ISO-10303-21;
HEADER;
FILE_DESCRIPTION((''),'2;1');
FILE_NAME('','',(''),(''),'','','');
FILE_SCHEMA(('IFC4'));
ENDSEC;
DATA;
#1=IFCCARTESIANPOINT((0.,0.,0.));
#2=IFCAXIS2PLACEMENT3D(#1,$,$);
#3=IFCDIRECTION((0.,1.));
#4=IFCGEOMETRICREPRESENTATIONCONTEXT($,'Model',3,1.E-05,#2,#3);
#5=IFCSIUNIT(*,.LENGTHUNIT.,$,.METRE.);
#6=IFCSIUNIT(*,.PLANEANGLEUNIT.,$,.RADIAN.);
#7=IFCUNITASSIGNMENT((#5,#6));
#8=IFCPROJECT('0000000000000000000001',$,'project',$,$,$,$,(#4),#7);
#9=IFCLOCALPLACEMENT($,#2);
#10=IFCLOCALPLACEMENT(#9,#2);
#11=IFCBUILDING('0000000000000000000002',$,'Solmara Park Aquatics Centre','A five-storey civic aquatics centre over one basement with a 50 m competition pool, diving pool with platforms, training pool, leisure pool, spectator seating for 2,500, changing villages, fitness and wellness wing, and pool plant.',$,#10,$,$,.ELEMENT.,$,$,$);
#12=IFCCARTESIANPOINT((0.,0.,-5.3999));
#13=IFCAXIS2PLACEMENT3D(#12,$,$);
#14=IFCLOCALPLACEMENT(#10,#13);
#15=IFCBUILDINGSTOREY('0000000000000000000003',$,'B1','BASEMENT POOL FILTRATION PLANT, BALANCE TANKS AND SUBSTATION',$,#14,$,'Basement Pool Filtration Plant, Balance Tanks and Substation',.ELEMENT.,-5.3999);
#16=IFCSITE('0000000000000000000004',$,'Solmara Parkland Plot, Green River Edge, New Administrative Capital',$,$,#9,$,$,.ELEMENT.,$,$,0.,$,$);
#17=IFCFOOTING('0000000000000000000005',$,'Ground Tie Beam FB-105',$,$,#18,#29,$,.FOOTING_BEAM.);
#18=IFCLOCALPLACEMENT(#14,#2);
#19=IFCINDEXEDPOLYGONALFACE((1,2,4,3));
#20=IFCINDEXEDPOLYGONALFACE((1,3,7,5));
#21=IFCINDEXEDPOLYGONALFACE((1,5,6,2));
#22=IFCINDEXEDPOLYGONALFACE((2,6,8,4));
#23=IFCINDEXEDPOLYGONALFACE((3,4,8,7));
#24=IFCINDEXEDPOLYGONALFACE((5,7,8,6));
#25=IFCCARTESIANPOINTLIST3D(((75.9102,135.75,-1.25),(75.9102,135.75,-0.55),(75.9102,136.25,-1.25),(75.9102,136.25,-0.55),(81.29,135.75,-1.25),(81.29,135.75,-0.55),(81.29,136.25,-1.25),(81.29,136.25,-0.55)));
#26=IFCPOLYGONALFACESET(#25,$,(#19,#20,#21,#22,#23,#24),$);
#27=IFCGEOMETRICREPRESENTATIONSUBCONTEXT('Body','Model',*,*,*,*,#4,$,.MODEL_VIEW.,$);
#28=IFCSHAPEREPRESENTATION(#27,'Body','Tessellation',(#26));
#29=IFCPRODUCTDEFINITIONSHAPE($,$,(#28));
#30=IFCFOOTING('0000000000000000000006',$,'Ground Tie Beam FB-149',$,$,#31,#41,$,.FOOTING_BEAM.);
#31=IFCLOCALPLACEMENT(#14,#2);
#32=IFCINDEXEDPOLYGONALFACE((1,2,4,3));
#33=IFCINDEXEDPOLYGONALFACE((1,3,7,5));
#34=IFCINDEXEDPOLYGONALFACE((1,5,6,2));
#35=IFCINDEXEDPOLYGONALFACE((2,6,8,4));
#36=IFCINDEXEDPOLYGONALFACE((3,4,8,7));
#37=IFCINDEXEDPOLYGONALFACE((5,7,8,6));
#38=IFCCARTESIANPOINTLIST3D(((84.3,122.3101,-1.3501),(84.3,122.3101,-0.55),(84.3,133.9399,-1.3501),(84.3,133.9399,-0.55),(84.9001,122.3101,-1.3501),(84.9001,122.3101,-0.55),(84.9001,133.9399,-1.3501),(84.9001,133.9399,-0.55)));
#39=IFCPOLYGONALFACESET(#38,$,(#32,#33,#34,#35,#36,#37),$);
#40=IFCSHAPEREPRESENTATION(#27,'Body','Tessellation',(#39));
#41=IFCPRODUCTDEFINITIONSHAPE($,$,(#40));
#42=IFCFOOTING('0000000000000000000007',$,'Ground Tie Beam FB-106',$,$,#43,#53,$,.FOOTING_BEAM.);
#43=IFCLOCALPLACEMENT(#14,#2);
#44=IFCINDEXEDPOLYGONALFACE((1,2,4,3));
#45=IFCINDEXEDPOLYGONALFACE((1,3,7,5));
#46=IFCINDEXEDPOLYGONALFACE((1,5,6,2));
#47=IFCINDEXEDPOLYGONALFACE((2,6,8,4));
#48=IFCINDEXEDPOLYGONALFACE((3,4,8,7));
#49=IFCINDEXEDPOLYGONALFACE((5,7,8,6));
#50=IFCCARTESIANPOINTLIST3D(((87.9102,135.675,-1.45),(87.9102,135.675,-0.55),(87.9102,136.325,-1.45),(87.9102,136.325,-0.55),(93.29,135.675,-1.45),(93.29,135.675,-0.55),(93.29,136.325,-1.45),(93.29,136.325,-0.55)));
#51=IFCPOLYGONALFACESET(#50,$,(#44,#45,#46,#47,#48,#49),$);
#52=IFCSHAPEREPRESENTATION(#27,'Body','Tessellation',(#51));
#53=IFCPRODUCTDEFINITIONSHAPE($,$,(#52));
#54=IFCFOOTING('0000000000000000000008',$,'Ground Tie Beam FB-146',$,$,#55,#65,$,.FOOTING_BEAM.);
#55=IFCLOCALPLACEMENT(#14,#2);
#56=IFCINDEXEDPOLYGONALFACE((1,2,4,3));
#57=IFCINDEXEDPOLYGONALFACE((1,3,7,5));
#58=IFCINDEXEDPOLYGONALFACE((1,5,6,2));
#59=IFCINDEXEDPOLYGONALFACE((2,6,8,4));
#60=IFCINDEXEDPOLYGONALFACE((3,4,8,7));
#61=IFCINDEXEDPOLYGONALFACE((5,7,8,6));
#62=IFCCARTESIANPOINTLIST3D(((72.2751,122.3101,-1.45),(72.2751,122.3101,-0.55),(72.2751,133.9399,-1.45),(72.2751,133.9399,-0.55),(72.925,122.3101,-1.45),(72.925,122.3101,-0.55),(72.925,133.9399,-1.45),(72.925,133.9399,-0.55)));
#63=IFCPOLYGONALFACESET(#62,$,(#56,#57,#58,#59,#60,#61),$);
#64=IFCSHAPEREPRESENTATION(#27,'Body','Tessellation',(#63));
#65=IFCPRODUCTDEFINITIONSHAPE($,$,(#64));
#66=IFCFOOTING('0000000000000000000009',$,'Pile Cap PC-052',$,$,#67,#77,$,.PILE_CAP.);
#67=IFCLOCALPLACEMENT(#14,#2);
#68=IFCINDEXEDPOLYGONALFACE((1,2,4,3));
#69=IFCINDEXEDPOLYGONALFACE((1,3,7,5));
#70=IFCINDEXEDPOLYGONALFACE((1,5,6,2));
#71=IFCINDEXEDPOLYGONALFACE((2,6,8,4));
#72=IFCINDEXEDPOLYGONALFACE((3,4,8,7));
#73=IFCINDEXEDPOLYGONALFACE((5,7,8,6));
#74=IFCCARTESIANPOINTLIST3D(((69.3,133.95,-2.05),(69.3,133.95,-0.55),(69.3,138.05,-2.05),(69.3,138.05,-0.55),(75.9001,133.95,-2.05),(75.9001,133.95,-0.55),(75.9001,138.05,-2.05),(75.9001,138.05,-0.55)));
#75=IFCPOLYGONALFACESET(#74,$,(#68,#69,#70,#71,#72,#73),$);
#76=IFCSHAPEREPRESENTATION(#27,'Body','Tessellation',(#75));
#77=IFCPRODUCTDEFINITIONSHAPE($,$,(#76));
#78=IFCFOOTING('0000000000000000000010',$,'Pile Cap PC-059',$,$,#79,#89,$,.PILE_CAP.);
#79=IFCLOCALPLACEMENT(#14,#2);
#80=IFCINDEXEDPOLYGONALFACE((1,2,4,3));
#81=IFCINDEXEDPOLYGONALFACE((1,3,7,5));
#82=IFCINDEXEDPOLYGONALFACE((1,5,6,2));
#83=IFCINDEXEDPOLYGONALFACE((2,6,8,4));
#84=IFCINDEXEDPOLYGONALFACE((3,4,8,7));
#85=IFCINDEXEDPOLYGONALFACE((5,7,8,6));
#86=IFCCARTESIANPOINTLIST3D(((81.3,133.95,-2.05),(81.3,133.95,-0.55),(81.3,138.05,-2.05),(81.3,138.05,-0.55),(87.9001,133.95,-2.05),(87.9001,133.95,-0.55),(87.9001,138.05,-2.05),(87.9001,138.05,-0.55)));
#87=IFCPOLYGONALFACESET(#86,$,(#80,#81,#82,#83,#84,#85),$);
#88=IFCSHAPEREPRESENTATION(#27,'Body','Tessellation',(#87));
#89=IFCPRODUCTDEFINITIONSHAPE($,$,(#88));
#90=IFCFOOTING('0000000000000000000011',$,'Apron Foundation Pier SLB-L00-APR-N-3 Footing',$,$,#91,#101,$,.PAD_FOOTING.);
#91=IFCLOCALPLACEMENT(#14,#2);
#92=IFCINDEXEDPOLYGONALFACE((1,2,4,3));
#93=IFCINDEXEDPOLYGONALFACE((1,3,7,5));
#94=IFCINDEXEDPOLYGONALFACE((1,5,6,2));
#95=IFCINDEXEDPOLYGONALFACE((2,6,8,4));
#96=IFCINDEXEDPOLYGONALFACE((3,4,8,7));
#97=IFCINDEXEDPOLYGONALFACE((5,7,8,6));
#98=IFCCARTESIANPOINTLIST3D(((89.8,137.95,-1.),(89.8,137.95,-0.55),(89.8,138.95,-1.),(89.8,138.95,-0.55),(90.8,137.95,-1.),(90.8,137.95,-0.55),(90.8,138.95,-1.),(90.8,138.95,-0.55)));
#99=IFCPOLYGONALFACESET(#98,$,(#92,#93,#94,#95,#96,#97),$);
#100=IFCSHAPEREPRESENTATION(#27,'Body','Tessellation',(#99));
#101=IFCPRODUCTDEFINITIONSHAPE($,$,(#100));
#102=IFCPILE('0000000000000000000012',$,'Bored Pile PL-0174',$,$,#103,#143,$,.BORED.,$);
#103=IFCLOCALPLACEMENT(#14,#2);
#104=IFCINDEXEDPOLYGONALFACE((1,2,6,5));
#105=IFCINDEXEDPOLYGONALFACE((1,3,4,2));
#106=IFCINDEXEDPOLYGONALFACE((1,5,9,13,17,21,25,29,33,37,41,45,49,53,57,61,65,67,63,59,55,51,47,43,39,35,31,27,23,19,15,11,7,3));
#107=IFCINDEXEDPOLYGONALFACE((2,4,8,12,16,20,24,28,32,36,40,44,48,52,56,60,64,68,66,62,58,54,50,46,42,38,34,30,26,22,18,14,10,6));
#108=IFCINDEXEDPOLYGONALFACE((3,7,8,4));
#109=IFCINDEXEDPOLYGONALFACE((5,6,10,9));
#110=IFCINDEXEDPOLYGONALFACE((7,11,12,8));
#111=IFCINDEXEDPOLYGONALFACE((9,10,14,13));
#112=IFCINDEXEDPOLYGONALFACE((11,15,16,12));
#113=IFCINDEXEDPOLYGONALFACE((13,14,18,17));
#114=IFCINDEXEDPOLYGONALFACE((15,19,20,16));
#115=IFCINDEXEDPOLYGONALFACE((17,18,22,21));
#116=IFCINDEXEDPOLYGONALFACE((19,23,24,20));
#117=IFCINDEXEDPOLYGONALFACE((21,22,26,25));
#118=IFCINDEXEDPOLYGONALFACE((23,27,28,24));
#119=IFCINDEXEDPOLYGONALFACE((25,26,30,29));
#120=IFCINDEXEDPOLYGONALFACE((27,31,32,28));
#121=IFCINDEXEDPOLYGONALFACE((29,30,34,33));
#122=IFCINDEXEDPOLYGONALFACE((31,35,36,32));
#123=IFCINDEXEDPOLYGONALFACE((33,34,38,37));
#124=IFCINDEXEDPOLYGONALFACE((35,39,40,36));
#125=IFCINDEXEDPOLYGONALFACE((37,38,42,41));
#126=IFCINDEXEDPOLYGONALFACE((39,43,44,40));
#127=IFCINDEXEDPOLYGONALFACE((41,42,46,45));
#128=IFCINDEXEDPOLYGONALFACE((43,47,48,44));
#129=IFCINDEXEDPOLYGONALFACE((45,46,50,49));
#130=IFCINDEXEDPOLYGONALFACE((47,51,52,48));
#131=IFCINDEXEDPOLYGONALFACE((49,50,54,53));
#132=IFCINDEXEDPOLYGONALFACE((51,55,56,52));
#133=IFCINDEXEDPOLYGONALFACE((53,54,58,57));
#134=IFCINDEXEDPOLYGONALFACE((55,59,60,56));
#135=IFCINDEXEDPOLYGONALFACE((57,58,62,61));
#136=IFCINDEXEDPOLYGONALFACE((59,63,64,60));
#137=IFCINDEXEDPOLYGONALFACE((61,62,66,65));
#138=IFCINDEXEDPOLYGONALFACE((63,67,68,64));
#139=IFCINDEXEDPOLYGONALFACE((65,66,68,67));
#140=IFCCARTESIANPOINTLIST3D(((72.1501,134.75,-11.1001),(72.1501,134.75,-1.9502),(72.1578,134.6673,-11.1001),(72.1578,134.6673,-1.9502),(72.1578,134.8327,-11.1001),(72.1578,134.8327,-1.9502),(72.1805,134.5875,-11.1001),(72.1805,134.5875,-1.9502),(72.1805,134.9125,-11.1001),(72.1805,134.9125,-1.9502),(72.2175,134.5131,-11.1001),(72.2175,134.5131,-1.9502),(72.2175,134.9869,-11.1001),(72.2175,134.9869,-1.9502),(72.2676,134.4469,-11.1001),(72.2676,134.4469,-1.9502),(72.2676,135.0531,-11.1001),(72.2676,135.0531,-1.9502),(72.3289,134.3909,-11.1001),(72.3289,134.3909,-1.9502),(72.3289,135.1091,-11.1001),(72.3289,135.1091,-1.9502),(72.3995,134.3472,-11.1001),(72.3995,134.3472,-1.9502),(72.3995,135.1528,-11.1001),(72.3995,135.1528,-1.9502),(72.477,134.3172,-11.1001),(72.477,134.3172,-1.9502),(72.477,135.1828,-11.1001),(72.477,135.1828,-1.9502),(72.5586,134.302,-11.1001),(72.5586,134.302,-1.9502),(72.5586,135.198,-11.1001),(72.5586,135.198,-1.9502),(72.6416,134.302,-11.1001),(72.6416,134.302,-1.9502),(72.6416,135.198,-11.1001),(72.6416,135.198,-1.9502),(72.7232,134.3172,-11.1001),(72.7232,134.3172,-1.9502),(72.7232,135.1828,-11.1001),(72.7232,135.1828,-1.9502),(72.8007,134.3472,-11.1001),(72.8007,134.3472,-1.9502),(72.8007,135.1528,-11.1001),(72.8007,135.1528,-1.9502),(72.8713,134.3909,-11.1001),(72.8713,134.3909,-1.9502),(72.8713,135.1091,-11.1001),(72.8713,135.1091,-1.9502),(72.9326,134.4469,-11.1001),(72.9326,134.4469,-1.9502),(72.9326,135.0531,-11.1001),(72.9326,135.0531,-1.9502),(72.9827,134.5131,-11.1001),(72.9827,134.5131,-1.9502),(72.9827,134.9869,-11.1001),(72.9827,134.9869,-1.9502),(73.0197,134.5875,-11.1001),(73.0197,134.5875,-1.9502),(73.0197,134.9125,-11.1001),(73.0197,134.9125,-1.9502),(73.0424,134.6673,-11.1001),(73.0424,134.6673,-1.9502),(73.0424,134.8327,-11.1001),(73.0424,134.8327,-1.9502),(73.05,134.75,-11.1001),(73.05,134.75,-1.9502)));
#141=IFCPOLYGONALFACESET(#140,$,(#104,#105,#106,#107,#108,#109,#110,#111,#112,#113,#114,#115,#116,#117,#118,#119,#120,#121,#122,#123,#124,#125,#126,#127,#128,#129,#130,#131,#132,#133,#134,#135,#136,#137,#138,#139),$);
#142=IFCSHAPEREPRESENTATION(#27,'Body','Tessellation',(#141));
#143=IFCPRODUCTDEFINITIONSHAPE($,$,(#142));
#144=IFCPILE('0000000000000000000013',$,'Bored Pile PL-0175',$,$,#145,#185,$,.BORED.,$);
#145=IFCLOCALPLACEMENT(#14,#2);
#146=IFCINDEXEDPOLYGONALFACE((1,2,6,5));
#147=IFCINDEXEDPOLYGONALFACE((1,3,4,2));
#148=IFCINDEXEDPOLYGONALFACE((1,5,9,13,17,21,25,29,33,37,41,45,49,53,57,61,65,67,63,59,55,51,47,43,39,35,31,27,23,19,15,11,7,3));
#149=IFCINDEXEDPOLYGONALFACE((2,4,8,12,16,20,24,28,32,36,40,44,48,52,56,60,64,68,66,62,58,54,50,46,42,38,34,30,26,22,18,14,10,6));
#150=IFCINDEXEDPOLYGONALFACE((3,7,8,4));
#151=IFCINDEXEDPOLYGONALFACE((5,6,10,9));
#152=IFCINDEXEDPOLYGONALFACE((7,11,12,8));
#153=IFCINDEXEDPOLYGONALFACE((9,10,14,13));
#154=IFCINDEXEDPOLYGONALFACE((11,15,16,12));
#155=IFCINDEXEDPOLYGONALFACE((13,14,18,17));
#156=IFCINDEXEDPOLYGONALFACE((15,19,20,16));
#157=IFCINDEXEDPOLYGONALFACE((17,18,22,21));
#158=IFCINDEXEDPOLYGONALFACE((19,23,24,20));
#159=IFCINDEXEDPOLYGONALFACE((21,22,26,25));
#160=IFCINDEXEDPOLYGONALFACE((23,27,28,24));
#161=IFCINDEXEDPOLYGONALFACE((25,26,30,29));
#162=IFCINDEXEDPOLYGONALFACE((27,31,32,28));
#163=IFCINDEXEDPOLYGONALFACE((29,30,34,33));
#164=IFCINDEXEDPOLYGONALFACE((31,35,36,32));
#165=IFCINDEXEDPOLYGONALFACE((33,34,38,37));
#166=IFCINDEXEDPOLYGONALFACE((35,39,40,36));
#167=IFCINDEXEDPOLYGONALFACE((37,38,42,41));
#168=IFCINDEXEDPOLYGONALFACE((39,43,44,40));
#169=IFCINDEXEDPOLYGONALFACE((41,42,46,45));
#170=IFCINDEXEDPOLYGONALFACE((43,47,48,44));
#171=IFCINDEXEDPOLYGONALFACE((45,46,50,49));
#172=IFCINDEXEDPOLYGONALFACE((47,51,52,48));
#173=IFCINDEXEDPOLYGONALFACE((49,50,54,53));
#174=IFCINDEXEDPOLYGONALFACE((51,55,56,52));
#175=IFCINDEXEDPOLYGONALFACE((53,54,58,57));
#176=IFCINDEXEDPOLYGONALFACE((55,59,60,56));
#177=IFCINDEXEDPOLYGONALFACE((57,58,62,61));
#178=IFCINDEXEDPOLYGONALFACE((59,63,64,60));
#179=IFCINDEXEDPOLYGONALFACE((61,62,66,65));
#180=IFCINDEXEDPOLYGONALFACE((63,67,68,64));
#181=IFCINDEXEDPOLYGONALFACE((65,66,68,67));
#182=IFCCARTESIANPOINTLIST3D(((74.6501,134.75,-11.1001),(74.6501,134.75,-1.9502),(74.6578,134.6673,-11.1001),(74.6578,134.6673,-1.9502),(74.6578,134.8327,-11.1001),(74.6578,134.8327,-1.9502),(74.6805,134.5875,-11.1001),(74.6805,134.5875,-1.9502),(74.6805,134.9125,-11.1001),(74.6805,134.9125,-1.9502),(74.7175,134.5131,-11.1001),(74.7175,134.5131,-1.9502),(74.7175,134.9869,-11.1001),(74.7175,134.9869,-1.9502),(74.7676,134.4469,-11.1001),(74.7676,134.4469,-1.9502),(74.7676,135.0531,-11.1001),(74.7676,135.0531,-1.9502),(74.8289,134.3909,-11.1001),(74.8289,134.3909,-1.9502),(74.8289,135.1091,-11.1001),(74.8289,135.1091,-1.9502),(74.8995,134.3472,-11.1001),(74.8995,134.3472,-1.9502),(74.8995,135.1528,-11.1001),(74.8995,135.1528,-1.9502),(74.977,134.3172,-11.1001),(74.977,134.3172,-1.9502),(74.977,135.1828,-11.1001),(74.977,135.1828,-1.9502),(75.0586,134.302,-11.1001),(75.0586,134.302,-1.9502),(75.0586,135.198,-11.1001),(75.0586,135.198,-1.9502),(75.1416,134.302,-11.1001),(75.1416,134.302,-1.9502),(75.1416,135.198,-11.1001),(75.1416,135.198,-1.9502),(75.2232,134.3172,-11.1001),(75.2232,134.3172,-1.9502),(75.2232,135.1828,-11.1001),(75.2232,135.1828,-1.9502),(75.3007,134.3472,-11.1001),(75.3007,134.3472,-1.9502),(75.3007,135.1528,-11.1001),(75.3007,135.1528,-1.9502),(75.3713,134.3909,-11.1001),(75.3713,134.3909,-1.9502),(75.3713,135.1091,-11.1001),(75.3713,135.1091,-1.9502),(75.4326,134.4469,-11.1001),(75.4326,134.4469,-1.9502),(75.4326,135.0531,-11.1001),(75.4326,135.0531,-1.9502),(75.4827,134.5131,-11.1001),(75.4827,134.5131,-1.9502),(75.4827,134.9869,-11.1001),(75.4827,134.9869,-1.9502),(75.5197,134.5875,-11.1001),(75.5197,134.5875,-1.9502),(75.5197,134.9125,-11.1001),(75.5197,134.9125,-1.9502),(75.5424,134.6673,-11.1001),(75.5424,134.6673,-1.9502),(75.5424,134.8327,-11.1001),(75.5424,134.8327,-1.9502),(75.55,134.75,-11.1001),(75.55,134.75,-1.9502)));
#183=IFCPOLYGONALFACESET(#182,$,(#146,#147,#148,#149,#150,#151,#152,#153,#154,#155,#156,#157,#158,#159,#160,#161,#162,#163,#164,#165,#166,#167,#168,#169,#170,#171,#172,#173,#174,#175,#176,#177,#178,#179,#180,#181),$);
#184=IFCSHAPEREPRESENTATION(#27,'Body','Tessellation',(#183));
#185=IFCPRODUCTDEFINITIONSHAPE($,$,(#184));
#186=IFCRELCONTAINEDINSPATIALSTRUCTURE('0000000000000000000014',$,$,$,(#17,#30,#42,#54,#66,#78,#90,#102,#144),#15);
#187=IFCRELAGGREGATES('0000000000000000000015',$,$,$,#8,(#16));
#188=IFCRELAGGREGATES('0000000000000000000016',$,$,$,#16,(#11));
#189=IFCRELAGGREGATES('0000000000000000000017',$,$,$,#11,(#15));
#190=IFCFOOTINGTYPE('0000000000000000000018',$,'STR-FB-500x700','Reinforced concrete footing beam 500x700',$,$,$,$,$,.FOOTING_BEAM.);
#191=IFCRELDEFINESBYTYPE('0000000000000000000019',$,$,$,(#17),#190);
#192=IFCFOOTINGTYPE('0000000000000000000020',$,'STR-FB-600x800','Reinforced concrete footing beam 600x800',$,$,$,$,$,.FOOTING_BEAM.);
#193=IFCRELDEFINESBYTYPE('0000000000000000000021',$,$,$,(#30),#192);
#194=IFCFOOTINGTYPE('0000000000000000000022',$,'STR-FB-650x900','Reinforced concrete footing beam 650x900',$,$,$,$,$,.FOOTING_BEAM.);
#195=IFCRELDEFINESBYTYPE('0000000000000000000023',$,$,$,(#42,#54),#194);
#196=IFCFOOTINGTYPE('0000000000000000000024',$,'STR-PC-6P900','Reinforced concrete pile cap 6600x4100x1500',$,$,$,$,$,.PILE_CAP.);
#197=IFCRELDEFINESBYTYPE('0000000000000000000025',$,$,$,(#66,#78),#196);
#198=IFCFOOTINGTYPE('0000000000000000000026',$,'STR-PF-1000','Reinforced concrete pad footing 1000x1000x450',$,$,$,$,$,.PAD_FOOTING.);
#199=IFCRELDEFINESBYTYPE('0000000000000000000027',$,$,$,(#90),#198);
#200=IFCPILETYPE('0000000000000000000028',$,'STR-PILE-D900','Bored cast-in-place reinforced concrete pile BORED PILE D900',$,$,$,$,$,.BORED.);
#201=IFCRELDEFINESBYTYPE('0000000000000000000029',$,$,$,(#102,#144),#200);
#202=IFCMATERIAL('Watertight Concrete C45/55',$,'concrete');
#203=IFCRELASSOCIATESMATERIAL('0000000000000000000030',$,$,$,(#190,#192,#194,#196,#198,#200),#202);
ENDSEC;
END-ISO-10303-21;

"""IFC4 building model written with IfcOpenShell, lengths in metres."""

from ifc_helpers import new_model, si_unit, direction, frame, origin, origin_2d, place, context, subcontext, project, spatial, rectangle, circle, extrude, material, material_profile, profile_set, type_object, element, save


model = new_model("IFC4")

# Units and contexts
model_context = context("Model", 3, precision=1e-05, world=origin(), true_north=direction((0.0, 1.0)))
body_context = subcontext(model_context, "Body", "Model", "MODEL_VIEW")
ifc_project = project(units=[si_unit("LENGTHUNIT", "METRE"), si_unit("PLANEANGLEUNIT", "RADIAN")], contexts=[model_context])

# Site, building, storey
site_placement = place(None, origin())
site = spatial("IfcSite", under=ifc_project, at=site_placement, Name="Solmara Parkland Plot, Green River Edge, New Administrative Capital", CompositionType="ELEMENT", RefElevation=0.0)
building_placement = place(site_placement, origin())
building = spatial("IfcBuilding", under=site, at=building_placement, Name="Solmara Park Aquatics Centre", Description="A five-storey civic aquatics centre over one basement with a 50 m competition pool, diving pool with platforms, training pool, leisure pool, spectator seating for 2,500, changing villages, fitness and wellness wing, and pool plant.", CompositionType="ELEMENT")
storey_placement = place(building_placement, frame((0.0, 0.0, -5.3999)))
storey = spatial("IfcBuildingStorey", under=building, at=storey_placement, Name="B1", Description="BASEMENT POOL FILTRATION PLANT, BALANCE TANKS AND SUBSTATION", LongName="Basement Pool Filtration Plant, Balance Tanks and Substation", CompositionType="ELEMENT", Elevation=-5.3999)

# Footings
ifc_material_1 = material(Name="Watertight Concrete C45/55", Category="concrete")
footing_type_1 = type_object("IfcFootingType", Name="STR-FB-500x700", Description="Reinforced concrete footing beam 500x700", PredefinedType="FOOTING_BEAM", material=ifc_material_1)
footing_1_placement = place(storey_placement, frame((78.6001, 136.0, -1.25), z_axis=(0.0, 0.0, 1.0), x_axis=(1.0, 0.0, 0.0)))
element("IfcFooting", 1, at=footing_1_placement, inside=storey, type_object=footing_type_1, Name="Ground Tie Beam FB-105", PredefinedType="FOOTING_BEAM", context=body_context, shape_type="SweptSolid", body=[
    extrude(rectangle(XDim=5.3799, YDim=0.5, at=origin_2d()), origin(), (0.0, 0.0, 1.0), 0.7),
])
footing_type_2 = type_object("IfcFootingType", Name="STR-FB-600x800", Description="Reinforced concrete footing beam 600x800", PredefinedType="FOOTING_BEAM", material=ifc_material_1)
footing_2_placement = place(storey_placement, frame((84.6001, 128.125, -1.3501), z_axis=(0.0, 0.0, 1.0), x_axis=(1.0, 0.0, 0.0)))
element("IfcFooting", 2, at=footing_2_placement, inside=storey, type_object=footing_type_2, Name="Ground Tie Beam FB-149", PredefinedType="FOOTING_BEAM", context=body_context, shape_type="SweptSolid", body=[
    extrude(rectangle(XDim=0.6001, YDim=11.6299, at=origin_2d()), origin(), (0.0, 0.0, 1.0), 0.8),
])
footing_type_3 = type_object("IfcFootingType", Name="STR-FB-650x900", Description="Reinforced concrete footing beam 650x900", PredefinedType="FOOTING_BEAM", material=ifc_material_1)
footing_3_placement = place(storey_placement, frame((90.6001, 136.0, -1.45), z_axis=(0.0, 0.0, 1.0), x_axis=(1.0, 0.0, 0.0)))
element("IfcFooting", 3, at=footing_3_placement, inside=storey, type_object=footing_type_3, Name="Ground Tie Beam FB-106", PredefinedType="FOOTING_BEAM", context=body_context, shape_type="SweptSolid", body=[
    extrude(rectangle(XDim=5.3799, YDim=0.6499, at=origin_2d()), origin(), (0.0, 0.0, 1.0), 0.8999),
])
footing_4_placement = place(storey_placement, frame((72.6001, 128.125, -1.45), z_axis=(0.0, 0.0, 1.0), x_axis=(1.0, 0.0, 0.0)))
element("IfcFooting", 4, at=footing_4_placement, inside=storey, type_object=footing_type_3, Name="Ground Tie Beam FB-146", PredefinedType="FOOTING_BEAM", context=body_context, shape_type="SweptSolid", body=[
    extrude(rectangle(XDim=0.6499, YDim=11.6299, at=origin_2d()), origin(), (0.0, 0.0, 1.0), 0.8999),
])
footing_type_4 = type_object("IfcFootingType", Name="STR-PC-6P900", Description="Reinforced concrete pile cap 6600x4100x1500", PredefinedType="PILE_CAP", material=ifc_material_1)
for number, where, z_axis, x_axis, name in (
    (5, (72.6001, 136.0, -2.05), (0.0, 0.0, 1.0), (1.0, 0.0, 0.0), "Pile Cap PC-052"),
    (6, (84.6001, 136.0, -2.05), (0.0, 0.0, 1.0), (1.0, 0.0, 0.0), "Pile Cap PC-059"),
):
    element("IfcFooting", number, at=place(storey_placement, frame(where, z_axis=z_axis, x_axis=x_axis)), inside=storey, type_object=footing_type_4, Name=name, PredefinedType="PILE_CAP", context=body_context, shape_type="SweptSolid", body=[
        extrude(rectangle(XDim=6.6001, YDim=4.1001, at=origin_2d()), origin(), (0.0, 0.0, 1.0), 1.5),
    ])
footing_type_5 = type_object("IfcFootingType", Name="STR-PF-1000", Description="Reinforced concrete pad footing 1000x1000x450", PredefinedType="PAD_FOOTING", material=ifc_material_1)
footing_5_placement = place(storey_placement, frame((90.3, 138.45, -1.0), z_axis=(0.0, 0.0, 1.0), x_axis=(1.0, 0.0, 0.0)))
element("IfcFooting", 7, at=footing_5_placement, inside=storey, type_object=footing_type_5, Name="Apron Foundation Pier SLB-L00-APR-N-3 Footing", PredefinedType="PAD_FOOTING", context=body_context, shape_type="SweptSolid", body=[
    extrude(rectangle(XDim=1.0, YDim=1.0, at=origin_2d()), origin(), (0.0, 0.0, 1.0), 0.45),
])

# Piles
ifc_material_profile_1 = material_profile(ifc_material_1, circle(Radius=0.45, at=origin_2d()), Name="BORED PILE D900")
ifc_profile_set_1 = profile_set([ifc_material_profile_1], Name="Watertight Concrete C45/55")
pile_type = type_object("IfcPileType", Name="STR-PILE-D900", Description="Bored cast-in-place reinforced concrete pile BORED PILE D900", PredefinedType="BORED", material=ifc_profile_set_1)
for number, where, z_axis, x_axis, name in (
    (8, (72.6001, 134.75, -1.9502), (0.0, 0.0, -1.0), (1.0, 0.0, 0.0), "Bored Pile PL-0174"),
    (9, (75.1001, 134.75, -1.9502), (0.0, 0.0, -1.0), (1.0, 0.0, 0.0), "Bored Pile PL-0175"),
):
    element("IfcPile", number, at=place(storey_placement, frame(where, z_axis=z_axis, x_axis=x_axis)), inside=storey, type_object=pile_type, Name=name, PredefinedType="BORED", context=body_context, shape_type="SweptSolid", body=[
        extrude(circle(Radius=0.45, at=origin_2d()), origin(), (0.0, 0.0, 1.0), 9.1499),
    ])

save(model, "model.ifc")
